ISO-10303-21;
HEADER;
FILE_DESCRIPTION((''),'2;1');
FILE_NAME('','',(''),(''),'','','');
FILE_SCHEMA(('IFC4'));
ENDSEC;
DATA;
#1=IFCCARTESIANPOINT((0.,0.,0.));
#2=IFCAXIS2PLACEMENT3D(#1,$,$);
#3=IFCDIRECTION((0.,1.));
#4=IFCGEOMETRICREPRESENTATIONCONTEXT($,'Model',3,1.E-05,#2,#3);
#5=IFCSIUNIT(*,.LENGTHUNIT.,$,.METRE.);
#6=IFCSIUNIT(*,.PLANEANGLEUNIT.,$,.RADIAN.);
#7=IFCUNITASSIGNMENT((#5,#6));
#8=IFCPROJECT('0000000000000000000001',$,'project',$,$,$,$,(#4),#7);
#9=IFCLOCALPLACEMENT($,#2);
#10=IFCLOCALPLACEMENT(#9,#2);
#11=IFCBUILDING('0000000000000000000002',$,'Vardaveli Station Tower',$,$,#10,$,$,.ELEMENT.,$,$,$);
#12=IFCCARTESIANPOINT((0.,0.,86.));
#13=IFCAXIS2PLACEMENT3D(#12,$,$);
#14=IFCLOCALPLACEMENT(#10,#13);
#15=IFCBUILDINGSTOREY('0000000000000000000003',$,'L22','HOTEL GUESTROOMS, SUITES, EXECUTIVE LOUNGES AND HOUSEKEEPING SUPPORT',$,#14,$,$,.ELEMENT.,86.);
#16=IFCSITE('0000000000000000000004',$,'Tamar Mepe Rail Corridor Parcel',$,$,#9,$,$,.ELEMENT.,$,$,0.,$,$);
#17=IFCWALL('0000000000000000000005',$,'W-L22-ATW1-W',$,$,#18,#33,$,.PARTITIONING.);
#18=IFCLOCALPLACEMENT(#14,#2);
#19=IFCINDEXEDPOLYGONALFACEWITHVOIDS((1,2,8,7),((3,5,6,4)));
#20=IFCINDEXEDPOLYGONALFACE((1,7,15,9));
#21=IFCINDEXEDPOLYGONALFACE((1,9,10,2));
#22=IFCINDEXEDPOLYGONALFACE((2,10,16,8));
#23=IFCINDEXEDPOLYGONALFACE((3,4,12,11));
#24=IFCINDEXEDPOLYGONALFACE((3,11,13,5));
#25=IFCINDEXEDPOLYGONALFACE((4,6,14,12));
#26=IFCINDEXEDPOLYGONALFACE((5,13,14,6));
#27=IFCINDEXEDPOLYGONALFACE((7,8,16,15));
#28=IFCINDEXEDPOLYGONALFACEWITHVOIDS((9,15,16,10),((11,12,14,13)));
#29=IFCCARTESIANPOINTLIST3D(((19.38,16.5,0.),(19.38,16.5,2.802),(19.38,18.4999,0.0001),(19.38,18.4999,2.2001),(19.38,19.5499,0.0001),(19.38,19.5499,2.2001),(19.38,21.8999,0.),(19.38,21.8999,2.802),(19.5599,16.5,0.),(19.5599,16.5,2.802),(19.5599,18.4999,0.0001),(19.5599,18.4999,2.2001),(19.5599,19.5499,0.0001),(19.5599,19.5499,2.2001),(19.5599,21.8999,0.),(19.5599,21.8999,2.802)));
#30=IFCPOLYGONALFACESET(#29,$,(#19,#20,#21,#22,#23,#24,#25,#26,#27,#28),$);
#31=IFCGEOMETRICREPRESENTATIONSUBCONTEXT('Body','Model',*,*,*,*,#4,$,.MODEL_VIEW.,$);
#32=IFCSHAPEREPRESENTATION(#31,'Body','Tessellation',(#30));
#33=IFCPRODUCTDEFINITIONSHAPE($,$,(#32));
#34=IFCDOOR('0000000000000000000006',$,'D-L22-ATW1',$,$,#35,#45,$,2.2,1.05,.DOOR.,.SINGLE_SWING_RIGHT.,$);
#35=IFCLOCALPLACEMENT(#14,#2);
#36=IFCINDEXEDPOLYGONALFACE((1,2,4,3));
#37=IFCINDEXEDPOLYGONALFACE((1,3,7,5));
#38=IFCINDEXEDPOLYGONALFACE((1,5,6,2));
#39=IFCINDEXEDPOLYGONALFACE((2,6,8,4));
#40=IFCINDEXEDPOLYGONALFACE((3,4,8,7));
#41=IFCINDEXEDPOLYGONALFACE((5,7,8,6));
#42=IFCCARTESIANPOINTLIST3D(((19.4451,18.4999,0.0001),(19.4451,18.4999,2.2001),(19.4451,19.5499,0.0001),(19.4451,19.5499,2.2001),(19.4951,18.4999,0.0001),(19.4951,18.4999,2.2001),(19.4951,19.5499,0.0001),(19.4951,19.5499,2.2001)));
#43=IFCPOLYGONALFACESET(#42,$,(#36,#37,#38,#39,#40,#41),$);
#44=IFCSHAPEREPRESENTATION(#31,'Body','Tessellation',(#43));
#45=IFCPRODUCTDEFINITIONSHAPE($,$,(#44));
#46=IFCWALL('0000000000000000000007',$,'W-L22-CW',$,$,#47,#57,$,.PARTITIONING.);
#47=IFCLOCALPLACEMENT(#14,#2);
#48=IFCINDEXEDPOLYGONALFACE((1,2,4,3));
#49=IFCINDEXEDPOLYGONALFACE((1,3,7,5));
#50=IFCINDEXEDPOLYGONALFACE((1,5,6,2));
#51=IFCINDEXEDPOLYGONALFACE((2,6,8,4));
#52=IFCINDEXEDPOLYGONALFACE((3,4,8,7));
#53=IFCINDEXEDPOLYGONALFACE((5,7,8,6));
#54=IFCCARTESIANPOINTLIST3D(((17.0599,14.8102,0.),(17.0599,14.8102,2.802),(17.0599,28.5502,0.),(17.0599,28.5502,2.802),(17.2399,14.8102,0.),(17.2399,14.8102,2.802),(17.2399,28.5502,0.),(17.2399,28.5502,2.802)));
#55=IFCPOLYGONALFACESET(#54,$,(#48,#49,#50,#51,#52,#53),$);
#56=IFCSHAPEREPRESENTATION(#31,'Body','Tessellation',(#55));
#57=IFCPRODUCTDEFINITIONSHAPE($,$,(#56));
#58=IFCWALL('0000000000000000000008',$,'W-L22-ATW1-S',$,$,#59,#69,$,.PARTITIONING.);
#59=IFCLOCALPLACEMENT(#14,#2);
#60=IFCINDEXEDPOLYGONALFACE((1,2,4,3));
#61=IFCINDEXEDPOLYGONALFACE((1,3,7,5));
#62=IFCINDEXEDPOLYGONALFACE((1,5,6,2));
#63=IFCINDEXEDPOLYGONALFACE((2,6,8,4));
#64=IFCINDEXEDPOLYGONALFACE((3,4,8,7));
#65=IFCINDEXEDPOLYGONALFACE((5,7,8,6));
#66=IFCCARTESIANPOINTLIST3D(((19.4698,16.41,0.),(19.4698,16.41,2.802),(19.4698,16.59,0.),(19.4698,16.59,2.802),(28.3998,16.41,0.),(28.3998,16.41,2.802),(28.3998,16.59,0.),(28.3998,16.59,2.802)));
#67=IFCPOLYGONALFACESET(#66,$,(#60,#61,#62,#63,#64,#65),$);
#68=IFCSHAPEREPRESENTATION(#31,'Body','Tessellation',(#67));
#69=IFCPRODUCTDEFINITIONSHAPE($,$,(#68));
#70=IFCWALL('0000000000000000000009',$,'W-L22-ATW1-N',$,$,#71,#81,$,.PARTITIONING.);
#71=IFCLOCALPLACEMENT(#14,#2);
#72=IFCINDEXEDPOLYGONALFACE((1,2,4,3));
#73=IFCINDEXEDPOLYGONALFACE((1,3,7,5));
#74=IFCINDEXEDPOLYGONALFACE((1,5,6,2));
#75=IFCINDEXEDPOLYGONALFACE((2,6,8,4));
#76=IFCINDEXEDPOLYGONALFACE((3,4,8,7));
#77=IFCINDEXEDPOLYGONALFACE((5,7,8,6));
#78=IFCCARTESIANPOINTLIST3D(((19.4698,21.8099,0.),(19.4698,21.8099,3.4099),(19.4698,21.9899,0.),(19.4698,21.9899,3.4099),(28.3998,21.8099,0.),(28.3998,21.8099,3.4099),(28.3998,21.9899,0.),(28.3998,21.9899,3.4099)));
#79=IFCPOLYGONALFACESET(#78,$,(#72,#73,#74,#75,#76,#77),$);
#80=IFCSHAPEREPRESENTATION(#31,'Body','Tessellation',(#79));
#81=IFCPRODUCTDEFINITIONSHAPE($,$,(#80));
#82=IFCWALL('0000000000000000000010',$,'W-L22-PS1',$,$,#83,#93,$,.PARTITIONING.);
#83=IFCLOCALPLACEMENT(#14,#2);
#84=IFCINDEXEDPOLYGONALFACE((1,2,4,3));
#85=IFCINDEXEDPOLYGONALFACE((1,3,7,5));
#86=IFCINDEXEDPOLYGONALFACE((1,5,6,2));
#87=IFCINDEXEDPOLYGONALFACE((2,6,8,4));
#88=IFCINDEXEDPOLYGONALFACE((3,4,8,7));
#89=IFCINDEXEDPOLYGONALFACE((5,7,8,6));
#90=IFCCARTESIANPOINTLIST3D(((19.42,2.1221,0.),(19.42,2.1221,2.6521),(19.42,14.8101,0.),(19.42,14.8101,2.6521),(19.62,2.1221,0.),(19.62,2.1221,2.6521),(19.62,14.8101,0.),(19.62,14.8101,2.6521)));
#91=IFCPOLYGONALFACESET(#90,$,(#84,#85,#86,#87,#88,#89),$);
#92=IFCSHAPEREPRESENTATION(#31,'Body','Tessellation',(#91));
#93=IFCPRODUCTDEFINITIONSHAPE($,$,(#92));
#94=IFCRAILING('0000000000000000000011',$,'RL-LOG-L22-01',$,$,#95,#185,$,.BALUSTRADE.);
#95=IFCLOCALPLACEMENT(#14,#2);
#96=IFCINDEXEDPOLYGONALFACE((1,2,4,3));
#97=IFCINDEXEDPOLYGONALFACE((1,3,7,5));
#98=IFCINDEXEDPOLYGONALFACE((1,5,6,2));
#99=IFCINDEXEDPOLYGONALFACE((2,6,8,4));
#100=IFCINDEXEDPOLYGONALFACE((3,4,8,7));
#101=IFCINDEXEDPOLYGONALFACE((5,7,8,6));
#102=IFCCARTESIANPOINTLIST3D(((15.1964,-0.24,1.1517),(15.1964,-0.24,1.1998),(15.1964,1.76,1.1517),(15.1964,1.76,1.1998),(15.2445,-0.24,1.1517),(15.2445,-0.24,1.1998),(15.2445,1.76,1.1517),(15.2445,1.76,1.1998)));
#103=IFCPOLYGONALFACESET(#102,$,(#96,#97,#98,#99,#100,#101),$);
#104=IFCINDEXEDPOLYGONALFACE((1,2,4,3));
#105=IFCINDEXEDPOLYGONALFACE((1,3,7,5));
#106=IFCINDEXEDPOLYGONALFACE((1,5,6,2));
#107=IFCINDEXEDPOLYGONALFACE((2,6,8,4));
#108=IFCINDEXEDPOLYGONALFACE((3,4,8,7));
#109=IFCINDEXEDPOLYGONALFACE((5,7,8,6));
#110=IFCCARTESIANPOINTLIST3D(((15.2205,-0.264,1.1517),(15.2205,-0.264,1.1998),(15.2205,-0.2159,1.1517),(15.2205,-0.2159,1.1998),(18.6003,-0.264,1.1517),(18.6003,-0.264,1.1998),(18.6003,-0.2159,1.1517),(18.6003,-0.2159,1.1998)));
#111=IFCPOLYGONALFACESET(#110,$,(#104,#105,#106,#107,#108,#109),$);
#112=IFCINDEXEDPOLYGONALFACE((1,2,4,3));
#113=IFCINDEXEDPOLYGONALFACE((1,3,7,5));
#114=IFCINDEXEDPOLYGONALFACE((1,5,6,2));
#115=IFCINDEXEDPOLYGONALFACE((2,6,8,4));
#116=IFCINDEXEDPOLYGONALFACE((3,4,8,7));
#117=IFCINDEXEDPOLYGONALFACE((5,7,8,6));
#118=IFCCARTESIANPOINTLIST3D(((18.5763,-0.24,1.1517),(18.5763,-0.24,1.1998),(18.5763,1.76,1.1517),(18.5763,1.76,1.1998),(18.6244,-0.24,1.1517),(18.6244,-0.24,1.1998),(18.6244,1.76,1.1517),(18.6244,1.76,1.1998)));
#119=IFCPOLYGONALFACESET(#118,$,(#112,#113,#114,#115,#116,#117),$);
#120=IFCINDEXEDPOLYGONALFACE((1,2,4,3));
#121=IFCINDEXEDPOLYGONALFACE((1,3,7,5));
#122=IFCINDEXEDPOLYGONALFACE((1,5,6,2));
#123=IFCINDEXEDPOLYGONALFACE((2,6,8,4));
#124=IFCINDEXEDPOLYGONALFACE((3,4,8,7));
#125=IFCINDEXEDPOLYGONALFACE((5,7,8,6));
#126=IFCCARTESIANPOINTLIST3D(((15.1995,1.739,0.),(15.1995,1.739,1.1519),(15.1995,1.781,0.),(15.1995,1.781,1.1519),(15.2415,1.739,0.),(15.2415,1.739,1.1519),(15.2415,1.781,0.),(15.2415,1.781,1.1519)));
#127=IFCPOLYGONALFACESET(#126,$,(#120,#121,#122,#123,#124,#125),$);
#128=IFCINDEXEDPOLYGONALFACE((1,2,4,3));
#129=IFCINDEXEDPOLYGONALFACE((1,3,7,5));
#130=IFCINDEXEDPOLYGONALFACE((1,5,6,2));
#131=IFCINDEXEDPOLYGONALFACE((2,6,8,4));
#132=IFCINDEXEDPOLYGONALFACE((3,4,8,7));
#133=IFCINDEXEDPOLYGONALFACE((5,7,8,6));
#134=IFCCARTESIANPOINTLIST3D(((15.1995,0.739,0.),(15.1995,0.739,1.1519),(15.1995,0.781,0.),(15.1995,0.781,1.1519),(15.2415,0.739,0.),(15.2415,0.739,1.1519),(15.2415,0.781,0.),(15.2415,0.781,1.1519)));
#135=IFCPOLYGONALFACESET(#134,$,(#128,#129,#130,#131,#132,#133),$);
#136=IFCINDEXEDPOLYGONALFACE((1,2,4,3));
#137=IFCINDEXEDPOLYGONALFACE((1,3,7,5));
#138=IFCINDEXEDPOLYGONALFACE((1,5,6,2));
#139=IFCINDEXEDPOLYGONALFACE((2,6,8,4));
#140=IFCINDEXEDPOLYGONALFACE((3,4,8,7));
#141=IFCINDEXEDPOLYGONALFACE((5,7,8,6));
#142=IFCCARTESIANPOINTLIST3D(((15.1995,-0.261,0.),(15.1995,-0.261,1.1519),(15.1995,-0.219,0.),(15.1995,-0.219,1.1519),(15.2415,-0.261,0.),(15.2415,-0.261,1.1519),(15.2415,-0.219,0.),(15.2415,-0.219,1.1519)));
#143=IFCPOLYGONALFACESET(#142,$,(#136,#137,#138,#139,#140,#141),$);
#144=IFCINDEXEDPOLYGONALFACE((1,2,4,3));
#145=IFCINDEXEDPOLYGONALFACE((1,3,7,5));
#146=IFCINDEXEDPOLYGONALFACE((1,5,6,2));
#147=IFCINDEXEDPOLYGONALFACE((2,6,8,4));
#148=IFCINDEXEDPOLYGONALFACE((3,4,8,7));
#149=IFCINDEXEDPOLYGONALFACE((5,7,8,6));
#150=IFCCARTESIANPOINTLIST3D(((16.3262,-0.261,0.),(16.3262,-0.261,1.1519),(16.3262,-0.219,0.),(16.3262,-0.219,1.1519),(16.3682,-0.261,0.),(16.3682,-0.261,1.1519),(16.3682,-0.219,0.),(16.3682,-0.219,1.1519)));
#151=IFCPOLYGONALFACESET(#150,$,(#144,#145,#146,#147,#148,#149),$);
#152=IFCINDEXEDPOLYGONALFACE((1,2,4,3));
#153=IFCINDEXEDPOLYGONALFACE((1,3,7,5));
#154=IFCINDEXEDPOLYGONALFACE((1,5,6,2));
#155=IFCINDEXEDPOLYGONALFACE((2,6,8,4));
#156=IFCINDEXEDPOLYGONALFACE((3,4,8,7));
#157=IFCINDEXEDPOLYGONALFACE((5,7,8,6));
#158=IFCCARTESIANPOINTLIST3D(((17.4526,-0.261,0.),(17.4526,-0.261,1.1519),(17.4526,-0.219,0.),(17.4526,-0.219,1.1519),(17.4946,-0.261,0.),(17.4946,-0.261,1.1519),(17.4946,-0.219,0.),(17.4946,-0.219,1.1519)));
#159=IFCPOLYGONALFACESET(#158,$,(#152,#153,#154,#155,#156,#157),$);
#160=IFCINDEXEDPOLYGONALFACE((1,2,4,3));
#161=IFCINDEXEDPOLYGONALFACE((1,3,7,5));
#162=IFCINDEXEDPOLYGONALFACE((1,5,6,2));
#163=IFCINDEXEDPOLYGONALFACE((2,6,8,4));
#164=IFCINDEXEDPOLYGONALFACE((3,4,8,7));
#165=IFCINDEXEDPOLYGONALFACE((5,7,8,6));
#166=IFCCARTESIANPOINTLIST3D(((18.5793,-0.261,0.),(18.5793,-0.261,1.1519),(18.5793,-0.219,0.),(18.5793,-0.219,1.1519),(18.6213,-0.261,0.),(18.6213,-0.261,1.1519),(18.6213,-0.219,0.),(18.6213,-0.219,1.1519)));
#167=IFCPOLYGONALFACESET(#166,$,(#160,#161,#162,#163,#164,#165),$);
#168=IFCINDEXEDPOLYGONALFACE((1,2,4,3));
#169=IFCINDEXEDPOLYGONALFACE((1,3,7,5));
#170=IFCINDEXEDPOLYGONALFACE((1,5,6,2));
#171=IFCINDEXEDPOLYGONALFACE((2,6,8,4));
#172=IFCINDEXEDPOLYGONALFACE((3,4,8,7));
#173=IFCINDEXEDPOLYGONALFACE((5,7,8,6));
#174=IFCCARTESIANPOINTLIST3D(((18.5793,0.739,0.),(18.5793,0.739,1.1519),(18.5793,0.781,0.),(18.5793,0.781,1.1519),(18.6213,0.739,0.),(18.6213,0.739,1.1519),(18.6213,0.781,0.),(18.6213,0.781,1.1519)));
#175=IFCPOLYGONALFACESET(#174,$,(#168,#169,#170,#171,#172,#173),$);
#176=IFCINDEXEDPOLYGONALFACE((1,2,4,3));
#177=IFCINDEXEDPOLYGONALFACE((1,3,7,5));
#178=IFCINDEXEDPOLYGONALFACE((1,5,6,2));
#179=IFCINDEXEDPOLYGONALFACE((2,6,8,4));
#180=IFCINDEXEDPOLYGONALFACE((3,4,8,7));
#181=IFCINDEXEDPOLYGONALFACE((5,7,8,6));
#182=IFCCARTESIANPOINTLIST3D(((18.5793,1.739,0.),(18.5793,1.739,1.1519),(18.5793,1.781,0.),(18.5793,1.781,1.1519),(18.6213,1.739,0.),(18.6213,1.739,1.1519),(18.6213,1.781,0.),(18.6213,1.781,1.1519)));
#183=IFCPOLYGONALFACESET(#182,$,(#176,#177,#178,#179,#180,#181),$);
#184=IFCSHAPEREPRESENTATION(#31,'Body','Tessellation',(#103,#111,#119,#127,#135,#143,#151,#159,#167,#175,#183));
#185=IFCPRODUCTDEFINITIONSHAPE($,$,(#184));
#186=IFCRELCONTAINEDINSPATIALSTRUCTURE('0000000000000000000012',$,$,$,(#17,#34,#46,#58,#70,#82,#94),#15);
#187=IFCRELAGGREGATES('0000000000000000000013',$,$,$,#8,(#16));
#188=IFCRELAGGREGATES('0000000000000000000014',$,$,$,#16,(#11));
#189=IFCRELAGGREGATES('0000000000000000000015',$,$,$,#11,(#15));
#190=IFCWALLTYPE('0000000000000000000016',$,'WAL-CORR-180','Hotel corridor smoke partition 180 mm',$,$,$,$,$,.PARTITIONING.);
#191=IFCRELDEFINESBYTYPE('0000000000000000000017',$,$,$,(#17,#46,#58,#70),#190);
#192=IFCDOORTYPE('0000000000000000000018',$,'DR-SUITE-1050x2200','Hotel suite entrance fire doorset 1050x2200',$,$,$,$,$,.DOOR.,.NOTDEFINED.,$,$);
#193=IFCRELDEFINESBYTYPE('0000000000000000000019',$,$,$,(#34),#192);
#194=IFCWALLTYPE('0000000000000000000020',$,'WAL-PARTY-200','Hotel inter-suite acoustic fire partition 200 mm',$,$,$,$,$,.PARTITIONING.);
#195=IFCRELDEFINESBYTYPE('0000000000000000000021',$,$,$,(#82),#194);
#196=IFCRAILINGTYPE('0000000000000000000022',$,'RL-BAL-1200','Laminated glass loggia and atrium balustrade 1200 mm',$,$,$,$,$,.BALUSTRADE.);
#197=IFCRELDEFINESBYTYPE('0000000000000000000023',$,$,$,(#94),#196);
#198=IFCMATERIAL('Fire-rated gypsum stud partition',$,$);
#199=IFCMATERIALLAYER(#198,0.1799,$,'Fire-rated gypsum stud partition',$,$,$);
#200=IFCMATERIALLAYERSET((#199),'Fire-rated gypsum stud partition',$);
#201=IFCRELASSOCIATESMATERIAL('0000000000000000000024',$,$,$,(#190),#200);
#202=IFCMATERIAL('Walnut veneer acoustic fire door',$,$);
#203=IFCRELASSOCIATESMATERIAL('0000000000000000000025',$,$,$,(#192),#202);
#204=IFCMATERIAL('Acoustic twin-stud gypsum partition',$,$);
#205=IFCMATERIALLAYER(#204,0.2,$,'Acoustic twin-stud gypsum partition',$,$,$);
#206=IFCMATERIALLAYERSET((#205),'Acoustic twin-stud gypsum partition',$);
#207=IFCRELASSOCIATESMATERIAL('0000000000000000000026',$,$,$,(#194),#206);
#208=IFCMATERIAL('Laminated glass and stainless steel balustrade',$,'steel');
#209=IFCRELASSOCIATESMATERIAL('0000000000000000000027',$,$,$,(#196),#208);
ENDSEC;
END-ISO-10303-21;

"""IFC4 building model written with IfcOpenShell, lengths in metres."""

from ifc_helpers import new_model, si_unit, direction, frame, frame_2d, origin, origin_2d, place, context, subcontext, project, spatial, rectangle, extrude, source, transform, mapped, material, layer, layer_set, type_object, element, fill, save


model = new_model("IFC4")

# Units and contexts
model_context = context("Model", 3, precision=1e-05, world=origin(), true_north=direction((0.0, 1.0)))
body_context = subcontext(model_context, "Body", "Model", "MODEL_VIEW")
ifc_project = project(units=[si_unit("LENGTHUNIT", "METRE"), si_unit("PLANEANGLEUNIT", "RADIAN")], contexts=[model_context])

# Site, building, storey
site_placement = place(None, origin())
site = spatial("IfcSite", under=ifc_project, at=site_placement, Name="Tamar Mepe Rail Corridor Parcel", CompositionType="ELEMENT", RefElevation=0.0)
building_placement = place(site_placement, origin())
building = spatial("IfcBuilding", under=site, at=building_placement, Name="Vardaveli Station Tower", CompositionType="ELEMENT")
storey_placement = place(building_placement, frame((0.0, 0.0, 86.0)))
storey = spatial("IfcBuildingStorey", under=building, at=storey_placement, Name="L22", Description="HOTEL GUESTROOMS, SUITES, EXECUTIVE LOUNGES AND HOUSEKEEPING SUPPORT", CompositionType="ELEMENT", Elevation=86.0)

# Wall, opening, door
ifc_material_1 = material(Name="Fire-rated gypsum stud partition")
ifc_layer_1 = layer(ifc_material_1, 0.1799, Name="Fire-rated gypsum stud partition")
ifc_layer_set_1 = layer_set([ifc_layer_1], Name="Fire-rated gypsum stud partition")
wall_type_1 = type_object("IfcWallType", Name="WAL-CORR-180", Description="Hotel corridor smoke partition 180 mm", PredefinedType="PARTITIONING", material=ifc_layer_set_1)
shared_shape_1 = source(origin(), body_context, "Body", "SweptSolid", [
    extrude(rectangle(XDim=1.05, YDim=2.2, at=frame_2d((0.5249, 1.1001))), frame((0.0, 0.1001, 0.0), z_axis=(0.0, -1.0, 0.0), x_axis=(1.0, 0.0, 0.0)), (0.0, 0.0, 1.0), 0.2),
])
ifc_material_2 = material(Name="Walnut veneer acoustic fire door")
door_type = type_object("IfcDoorType", Name="DR-SUITE-1050x2200", Description="Hotel suite entrance fire doorset 1050x2200", OperationType="NOTDEFINED", PredefinedType="DOOR", material=ifc_material_2)
shared_shape_2 = source(origin(), body_context, "Body", "SweptSolid", [
    extrude(rectangle(XDim=1.05, YDim=2.2, at=frame_2d((0.5249, 1.1001))), frame((0.0, 0.0249, 0.0), z_axis=(0.0, -1.0, 0.0), x_axis=(1.0, 0.0, 0.0)), (0.0, 0.0, 1.0), 0.05),
])
shared_shape_3 = source(origin(), body_context, "Body", "SweptSolid", [
    extrude(rectangle(XDim=5.3999, YDim=0.1799, at=frame_2d((2.7, 0.0))), origin(), (0.0, 0.0, 1.0), 2.802),
])
wall_1_placement = place(storey_placement, frame((19.47, 16.5, 0.0), z_axis=(0.0, 0.0, 1.0), x_axis=(0.0, 1.0, 0.0)))
wall_1 = element("IfcWall", 1, at=wall_1_placement, inside=storey, type_object=wall_type_1, Name="W-L22-ATW1-W", PredefinedType="PARTITIONING", context=body_context, shape_type="MappedRepresentation", body=[
    mapped(shared_shape_3, transform((0.0, 0.0, 0.0), scale=1.0)),
])
opening_1_placement = place(wall_1_placement, frame((2.0, 0.0, 0.0)))
opening_1 = element("IfcOpeningElement", 2, at=opening_1_placement, cuts=wall_1, PredefinedType="OPENING", context=body_context, shape_type="MappedRepresentation", body=[
    mapped(shared_shape_1, transform((0.0, 0.0, 0.0), scale=1.0)),
])
door_1_placement = place(opening_1_placement, origin())
door_1 = element("IfcDoor", 3, at=door_1_placement, inside=storey, type_object=door_type, Name="D-L22-ATW1", OperationType="SINGLE_SWING_RIGHT", OverallHeight=2.2, OverallWidth=1.05, PredefinedType="DOOR", context=body_context, shape_type="MappedRepresentation", body=[
    mapped(shared_shape_2, transform((0.0, 0.0, 0.0), scale=1.0)),
])
fill(opening_1, door_1)

# Walls
shared_shape_4 = source(origin(), body_context, "Body", "SweptSolid", [
    extrude(rectangle(XDim=13.74, YDim=0.1799, at=frame_2d((6.8701, 0.0))), origin(), (0.0, 0.0, 1.0), 2.802),
])
wall_2_placement = place(storey_placement, frame((17.1499, 14.8101, 0.0), z_axis=(0.0, 0.0, 1.0), x_axis=(0.0, 1.0, 0.0)))
element("IfcWall", 4, at=wall_2_placement, inside=storey, type_object=wall_type_1, Name="W-L22-CW", PredefinedType="PARTITIONING", context=body_context, shape_type="MappedRepresentation", body=[
    mapped(shared_shape_4, transform((0.0, 0.0, 0.0), scale=1.0)),
])
shared_shape_5 = source(origin(), body_context, "Body", "SweptSolid", [
    extrude(rectangle(XDim=8.9299, YDim=0.1799, at=frame_2d((4.4648, 0.0))), origin(), (0.0, 0.0, 1.0), 2.802),
])
wall_3_placement = place(storey_placement, frame((19.47, 16.5, 0.0), z_axis=(0.0, 0.0, 1.0), x_axis=(1.0, 0.0, 0.0)))
element("IfcWall", 5, at=wall_3_placement, inside=storey, type_object=wall_type_1, Name="W-L22-ATW1-S", PredefinedType="PARTITIONING", context=body_context, shape_type="MappedRepresentation", body=[
    mapped(shared_shape_5, transform((0.0, 0.0, 0.0), scale=1.0)),
])
shared_shape_6 = source(origin(), body_context, "Body", "SweptSolid", [
    extrude(rectangle(XDim=8.9299, YDim=0.1799, at=frame_2d((4.4648, 0.0))), origin(), (0.0, 0.0, 1.0), 3.4099),
])
wall_4_placement = place(storey_placement, frame((19.47, 21.8999, 0.0), z_axis=(0.0, 0.0, 1.0), x_axis=(1.0, 0.0, 0.0)))
element("IfcWall", 6, at=wall_4_placement, inside=storey, type_object=wall_type_1, Name="W-L22-ATW1-N", PredefinedType="PARTITIONING", context=body_context, shape_type="MappedRepresentation", body=[
    mapped(shared_shape_6, transform((0.0, 0.0, 0.0), scale=1.0)),
])
ifc_material_3 = material(Name="Acoustic twin-stud gypsum partition")
ifc_layer_2 = layer(ifc_material_3, 0.2, Name="Acoustic twin-stud gypsum partition")
ifc_layer_set_2 = layer_set([ifc_layer_2], Name="Acoustic twin-stud gypsum partition")
wall_type_2 = type_object("IfcWallType", Name="WAL-PARTY-200", Description="Hotel inter-suite acoustic fire partition 200 mm", PredefinedType="PARTITIONING", material=ifc_layer_set_2)
shared_shape_7 = source(origin(), body_context, "Body", "SweptSolid", [
    extrude(rectangle(XDim=12.688, YDim=0.2, at=frame_2d((6.344, 0.0))), origin(), (0.0, 0.0, 1.0), 2.6521),
])
wall_5_placement = place(storey_placement, frame((19.52, 2.1221, 0.0), z_axis=(0.0, 0.0, 1.0), x_axis=(0.0, 1.0, 0.0)))
element("IfcWall", 7, at=wall_5_placement, inside=storey, type_object=wall_type_2, Name="W-L22-PS1", PredefinedType="PARTITIONING", context=body_context, shape_type="MappedRepresentation", body=[
    mapped(shared_shape_7, transform((0.0, 0.0, 0.0), scale=1.0)),
])

# Railing
ifc_material_4 = material(Name="Laminated glass and stainless steel balustrade", Category="steel")
railing_type = type_object("IfcRailingType", Name="RL-BAL-1200", Description="Laminated glass loggia and atrium balustrade 1200 mm", PredefinedType="BALUSTRADE", material=ifc_material_4)
shared_shape_8 = source(origin(), body_context, "Body", "SweptSolid", [
    extrude(rectangle(XDim=0.0481, YDim=0.0481, at=origin_2d()), frame((0.0, 0.0, 1.1758), z_axis=(0.0, -1.0, 0.0), x_axis=(1.0, 0.0, 0.0)), (0.0, 0.0, 1.0), 2.0),
    extrude(rectangle(XDim=0.0481, YDim=0.0481, at=origin_2d()), frame((0.0, -2.0, 1.1758), z_axis=(1.0, 0.0, 0.0), x_axis=(0.0, 1.0, 0.0)), (0.0, 0.0, 1.0), 3.3799),
    extrude(rectangle(XDim=0.0481, YDim=0.0481, at=origin_2d()), frame((3.3799, -2.0, 1.1758), z_axis=(0.0, 1.0, 0.0), x_axis=(-1.0, 0.0, 0.0)), (0.0, 0.0, 1.0), 2.0),
    extrude(rectangle(XDim=0.042, YDim=0.042, at=origin_2d()), origin(), (0.0, 0.0, 1.0), 1.1519),
    extrude(rectangle(XDim=0.042, YDim=0.042, at=origin_2d()), frame((0.0, -1.0, 0.0)), (0.0, 0.0, 1.0), 1.1519),
    extrude(rectangle(XDim=0.042, YDim=0.042, at=origin_2d()), frame((0.0, -2.0, 0.0)), (0.0, 0.0, 1.0), 1.1519),
    extrude(rectangle(XDim=0.042, YDim=0.042, at=origin_2d()), frame((1.1267, -2.0, 0.0)), (0.0, 0.0, 1.0), 1.1519),
    extrude(rectangle(XDim=0.042, YDim=0.042, at=origin_2d()), frame((2.2532, -2.0, 0.0)), (0.0, 0.0, 1.0), 1.1519),
    extrude(rectangle(XDim=0.042, YDim=0.042, at=origin_2d()), frame((3.3799, -2.0, 0.0)), (0.0, 0.0, 1.0), 1.1519),
    extrude(rectangle(XDim=0.042, YDim=0.042, at=origin_2d()), frame((3.3799, -1.0, 0.0)), (0.0, 0.0, 1.0), 1.1519),
    extrude(rectangle(XDim=0.042, YDim=0.042, at=origin_2d()), frame((3.3799, 0.0, 0.0)), (0.0, 0.0, 1.0), 1.1519),
])
railing_placement = place(storey_placement, frame((15.2205, 1.76, 0.0)))
element("IfcRailing", 8, at=railing_placement, inside=storey, type_object=railing_type, Name="RL-LOG-L22-01", PredefinedType="BALUSTRADE", context=body_context, shape_type="MappedRepresentation", body=[
    mapped(shared_shape_8, transform((0.0, 0.0, 0.0), scale=1.0)),
])

save(model, "model.ifc")
